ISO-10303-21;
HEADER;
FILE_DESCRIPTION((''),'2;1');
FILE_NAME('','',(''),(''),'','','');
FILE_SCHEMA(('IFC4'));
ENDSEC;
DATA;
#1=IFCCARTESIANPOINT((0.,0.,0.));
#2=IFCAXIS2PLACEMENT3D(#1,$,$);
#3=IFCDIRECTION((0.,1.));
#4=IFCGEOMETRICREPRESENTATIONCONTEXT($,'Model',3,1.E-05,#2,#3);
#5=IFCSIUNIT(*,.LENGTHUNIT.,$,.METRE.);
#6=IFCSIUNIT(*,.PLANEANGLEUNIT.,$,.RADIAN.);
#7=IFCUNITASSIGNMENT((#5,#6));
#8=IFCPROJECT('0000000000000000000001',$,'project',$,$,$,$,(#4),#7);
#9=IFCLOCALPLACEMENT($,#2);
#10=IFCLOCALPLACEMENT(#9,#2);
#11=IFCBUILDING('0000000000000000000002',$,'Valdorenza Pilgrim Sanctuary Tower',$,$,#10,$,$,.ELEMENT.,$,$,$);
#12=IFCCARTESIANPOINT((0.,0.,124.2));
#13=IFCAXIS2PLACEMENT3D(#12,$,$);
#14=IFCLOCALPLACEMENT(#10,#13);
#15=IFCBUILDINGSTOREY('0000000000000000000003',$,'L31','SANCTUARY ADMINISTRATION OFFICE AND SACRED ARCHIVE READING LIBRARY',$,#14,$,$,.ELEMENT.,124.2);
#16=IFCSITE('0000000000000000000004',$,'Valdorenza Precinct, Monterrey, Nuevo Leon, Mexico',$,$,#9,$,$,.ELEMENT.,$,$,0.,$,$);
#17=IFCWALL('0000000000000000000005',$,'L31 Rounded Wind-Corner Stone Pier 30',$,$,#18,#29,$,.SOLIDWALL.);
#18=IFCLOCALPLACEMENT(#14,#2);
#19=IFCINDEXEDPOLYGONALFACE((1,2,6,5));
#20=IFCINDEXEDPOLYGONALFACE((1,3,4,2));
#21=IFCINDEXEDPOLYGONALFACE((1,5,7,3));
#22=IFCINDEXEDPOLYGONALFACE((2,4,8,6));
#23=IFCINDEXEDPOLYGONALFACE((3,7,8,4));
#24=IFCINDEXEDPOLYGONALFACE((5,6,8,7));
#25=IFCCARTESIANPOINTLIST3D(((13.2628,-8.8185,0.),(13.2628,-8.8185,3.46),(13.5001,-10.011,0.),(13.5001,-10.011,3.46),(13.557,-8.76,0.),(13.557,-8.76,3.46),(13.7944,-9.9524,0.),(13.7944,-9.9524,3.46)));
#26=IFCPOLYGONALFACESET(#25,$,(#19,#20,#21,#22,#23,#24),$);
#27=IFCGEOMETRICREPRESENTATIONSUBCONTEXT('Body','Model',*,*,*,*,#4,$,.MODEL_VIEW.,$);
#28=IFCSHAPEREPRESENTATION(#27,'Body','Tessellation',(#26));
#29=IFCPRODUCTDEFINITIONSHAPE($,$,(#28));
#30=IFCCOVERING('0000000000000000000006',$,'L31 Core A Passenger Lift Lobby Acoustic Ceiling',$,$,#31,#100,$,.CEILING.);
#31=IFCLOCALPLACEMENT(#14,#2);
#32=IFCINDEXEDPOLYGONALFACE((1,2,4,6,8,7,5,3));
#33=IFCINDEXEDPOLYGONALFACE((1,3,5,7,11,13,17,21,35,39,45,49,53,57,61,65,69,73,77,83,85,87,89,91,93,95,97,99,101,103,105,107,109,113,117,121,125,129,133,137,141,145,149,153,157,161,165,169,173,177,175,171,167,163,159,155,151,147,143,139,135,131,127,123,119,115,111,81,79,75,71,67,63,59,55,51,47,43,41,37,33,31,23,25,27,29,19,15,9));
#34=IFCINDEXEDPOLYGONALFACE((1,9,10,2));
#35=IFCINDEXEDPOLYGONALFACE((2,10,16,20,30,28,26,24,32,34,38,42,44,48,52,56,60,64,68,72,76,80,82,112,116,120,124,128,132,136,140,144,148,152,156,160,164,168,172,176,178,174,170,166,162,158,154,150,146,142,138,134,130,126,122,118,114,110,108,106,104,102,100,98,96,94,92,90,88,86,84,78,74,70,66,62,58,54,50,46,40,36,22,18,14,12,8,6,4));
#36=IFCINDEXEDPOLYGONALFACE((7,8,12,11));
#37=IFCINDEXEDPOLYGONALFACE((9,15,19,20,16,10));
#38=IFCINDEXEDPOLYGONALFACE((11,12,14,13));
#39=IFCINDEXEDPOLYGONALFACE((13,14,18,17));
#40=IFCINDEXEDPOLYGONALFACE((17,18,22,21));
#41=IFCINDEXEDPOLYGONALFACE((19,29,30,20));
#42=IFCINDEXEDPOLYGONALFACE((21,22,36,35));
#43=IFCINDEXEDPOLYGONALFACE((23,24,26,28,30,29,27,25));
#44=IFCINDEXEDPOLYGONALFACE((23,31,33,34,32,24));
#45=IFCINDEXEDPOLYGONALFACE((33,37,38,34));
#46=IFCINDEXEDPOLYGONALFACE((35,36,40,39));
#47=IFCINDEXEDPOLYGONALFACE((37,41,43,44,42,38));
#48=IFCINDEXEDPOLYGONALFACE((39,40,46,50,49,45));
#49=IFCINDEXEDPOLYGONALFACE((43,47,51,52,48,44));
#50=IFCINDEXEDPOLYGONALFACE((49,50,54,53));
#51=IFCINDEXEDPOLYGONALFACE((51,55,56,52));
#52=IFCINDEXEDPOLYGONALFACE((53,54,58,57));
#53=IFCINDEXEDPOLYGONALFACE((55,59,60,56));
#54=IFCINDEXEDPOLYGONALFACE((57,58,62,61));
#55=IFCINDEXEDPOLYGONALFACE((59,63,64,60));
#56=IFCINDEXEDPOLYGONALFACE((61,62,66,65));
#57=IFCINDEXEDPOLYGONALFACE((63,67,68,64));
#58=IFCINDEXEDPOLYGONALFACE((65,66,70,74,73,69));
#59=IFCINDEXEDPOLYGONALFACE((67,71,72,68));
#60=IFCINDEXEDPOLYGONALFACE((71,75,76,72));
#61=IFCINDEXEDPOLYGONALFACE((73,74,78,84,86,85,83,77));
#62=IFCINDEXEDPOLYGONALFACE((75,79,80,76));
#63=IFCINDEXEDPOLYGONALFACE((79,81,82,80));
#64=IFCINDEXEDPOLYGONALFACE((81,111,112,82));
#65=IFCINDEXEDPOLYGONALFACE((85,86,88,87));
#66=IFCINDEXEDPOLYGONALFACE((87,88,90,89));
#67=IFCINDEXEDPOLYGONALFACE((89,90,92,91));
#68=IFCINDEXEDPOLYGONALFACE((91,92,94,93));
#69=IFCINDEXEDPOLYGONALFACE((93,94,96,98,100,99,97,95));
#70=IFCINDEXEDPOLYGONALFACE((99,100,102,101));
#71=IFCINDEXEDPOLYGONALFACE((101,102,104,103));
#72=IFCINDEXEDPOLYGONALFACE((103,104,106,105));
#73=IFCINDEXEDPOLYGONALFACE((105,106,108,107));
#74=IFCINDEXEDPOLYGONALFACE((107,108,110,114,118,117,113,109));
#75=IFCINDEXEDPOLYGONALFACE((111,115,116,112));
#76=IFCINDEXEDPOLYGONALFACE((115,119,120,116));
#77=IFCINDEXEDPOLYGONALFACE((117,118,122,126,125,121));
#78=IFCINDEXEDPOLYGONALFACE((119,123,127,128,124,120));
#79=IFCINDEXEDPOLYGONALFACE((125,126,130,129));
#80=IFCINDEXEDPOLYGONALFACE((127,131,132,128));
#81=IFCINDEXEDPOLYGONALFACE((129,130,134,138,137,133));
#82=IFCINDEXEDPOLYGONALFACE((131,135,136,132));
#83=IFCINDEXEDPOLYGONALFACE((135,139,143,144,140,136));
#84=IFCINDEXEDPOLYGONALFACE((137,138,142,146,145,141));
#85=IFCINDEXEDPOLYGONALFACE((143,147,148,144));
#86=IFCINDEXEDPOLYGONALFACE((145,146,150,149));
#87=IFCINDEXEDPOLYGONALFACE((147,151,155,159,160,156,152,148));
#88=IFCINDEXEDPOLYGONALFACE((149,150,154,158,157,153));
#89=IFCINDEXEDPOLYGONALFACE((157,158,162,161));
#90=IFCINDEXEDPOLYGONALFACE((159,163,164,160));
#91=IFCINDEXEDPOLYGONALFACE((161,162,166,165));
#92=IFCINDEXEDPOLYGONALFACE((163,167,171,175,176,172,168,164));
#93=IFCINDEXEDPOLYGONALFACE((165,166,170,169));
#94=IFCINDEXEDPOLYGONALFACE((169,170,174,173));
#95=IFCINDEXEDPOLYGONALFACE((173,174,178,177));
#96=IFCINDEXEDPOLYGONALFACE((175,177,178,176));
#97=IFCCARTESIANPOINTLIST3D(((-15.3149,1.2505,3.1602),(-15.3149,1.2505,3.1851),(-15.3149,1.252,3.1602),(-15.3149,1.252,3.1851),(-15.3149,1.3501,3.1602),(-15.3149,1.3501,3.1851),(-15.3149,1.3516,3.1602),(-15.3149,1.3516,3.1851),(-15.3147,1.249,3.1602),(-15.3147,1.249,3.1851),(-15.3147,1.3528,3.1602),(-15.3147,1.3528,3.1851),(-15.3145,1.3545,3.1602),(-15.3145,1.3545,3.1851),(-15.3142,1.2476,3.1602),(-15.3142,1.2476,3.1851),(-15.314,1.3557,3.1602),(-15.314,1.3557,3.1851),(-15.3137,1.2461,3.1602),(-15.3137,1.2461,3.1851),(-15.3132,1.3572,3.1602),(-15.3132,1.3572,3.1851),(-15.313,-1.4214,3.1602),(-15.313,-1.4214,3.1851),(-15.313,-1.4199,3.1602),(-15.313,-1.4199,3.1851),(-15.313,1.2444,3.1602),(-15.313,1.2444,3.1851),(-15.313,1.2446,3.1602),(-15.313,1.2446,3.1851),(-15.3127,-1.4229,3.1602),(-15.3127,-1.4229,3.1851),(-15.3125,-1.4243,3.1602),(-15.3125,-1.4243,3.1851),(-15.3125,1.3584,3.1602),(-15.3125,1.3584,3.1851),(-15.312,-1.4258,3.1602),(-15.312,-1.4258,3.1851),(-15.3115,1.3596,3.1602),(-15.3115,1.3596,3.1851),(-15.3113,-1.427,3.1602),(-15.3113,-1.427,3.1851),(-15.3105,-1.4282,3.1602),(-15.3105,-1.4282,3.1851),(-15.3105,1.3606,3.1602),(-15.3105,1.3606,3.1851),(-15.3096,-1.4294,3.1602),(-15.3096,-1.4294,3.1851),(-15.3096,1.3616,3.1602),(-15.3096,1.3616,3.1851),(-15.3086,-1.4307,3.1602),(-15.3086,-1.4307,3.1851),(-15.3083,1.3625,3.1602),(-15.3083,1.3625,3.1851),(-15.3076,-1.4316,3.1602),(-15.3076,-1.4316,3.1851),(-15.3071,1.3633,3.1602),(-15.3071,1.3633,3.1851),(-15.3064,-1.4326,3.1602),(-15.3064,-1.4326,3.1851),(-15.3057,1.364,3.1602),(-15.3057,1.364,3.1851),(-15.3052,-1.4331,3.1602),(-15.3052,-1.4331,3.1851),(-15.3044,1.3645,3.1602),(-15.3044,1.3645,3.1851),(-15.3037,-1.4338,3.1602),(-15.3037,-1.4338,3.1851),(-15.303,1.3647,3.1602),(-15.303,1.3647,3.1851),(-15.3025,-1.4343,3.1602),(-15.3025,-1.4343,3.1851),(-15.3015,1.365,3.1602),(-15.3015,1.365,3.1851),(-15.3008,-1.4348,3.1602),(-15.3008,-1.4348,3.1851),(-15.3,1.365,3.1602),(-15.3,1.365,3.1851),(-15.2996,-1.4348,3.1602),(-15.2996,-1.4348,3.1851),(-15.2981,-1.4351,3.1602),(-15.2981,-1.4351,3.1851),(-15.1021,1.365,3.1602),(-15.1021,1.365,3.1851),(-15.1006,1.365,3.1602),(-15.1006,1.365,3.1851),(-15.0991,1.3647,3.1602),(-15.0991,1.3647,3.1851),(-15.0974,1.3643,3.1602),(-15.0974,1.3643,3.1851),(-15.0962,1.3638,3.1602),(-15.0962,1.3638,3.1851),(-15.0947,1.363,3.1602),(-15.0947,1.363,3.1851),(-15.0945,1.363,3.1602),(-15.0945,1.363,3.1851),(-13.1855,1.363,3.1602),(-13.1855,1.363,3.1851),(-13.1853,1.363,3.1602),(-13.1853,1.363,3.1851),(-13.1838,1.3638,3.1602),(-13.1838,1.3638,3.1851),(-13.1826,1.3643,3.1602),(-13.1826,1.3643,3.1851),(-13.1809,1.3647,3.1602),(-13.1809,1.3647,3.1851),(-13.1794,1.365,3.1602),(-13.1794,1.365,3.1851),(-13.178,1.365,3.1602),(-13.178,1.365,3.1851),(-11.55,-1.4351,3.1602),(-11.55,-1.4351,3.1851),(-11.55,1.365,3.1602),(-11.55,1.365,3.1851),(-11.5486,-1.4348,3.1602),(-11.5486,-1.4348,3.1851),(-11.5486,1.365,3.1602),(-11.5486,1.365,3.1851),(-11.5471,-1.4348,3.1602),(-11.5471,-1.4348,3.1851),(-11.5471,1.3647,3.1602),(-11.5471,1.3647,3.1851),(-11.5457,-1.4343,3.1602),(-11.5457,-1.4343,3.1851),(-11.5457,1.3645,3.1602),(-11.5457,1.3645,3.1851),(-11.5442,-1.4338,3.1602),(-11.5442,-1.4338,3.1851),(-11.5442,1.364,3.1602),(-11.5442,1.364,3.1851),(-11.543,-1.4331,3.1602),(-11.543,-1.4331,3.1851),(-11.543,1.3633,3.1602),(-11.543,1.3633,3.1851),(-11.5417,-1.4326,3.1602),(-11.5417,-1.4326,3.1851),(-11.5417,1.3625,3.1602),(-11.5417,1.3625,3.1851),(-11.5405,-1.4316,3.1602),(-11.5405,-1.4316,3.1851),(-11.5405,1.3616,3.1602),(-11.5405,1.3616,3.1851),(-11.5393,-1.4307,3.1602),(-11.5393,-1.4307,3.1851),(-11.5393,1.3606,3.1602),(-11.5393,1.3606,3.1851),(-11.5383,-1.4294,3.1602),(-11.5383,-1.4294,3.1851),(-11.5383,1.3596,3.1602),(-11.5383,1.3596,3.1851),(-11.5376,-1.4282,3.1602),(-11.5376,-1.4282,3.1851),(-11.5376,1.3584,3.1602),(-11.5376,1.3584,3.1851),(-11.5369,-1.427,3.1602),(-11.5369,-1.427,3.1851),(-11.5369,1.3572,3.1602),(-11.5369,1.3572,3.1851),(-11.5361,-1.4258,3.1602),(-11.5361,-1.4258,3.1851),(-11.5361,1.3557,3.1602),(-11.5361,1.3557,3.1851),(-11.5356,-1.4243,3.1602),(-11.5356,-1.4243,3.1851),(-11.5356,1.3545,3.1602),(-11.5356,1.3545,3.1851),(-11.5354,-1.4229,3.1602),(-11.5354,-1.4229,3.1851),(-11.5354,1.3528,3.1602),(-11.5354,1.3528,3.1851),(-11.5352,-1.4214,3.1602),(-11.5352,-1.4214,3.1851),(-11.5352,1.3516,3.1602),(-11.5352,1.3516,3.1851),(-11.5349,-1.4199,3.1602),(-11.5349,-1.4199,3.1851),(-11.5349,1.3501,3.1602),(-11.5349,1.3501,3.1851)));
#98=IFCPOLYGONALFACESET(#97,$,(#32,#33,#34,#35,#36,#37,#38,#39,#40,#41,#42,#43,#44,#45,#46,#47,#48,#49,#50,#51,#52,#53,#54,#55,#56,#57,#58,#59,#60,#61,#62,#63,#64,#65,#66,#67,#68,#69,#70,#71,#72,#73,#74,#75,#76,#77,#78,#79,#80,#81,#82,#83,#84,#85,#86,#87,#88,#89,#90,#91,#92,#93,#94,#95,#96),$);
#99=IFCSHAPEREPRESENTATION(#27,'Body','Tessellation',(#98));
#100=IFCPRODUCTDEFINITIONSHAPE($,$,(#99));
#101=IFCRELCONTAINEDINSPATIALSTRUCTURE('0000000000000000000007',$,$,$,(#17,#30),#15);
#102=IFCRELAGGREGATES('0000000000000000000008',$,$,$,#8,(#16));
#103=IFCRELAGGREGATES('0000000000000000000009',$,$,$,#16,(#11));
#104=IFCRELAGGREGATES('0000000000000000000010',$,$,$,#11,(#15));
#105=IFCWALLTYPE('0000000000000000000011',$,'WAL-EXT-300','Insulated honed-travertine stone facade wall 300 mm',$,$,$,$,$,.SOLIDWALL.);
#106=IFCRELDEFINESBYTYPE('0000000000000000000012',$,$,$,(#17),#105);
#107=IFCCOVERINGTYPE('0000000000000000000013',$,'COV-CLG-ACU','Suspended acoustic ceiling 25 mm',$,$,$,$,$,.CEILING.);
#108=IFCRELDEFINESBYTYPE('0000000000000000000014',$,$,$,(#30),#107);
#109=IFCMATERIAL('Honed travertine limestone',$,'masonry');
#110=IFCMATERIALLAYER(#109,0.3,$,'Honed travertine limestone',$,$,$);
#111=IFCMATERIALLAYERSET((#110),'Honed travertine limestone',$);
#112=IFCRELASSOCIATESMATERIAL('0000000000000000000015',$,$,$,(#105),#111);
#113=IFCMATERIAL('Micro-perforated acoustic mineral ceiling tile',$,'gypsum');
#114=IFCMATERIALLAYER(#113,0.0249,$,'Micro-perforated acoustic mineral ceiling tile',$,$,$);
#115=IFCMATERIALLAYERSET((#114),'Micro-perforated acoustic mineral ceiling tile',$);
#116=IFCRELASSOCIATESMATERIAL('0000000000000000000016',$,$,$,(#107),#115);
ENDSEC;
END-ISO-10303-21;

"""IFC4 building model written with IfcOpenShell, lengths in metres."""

from ifc_helpers import new_model, si_unit, direction, frame, frame_2d, origin, place, context, subcontext, project, spatial, polyline, rectangle, outline, extrude, material, layer, layer_set, type_object, element, save


model = new_model("IFC4")

# Units and contexts
model_context = context("Model", 3, precision=1e-05, world=origin(), true_north=direction((0.0, 1.0)))
body_context = subcontext(model_context, "Body", "Model", "MODEL_VIEW")
ifc_project = project(units=[si_unit("LENGTHUNIT", "METRE"), si_unit("PLANEANGLEUNIT", "RADIAN")], contexts=[model_context])

# Site, building, storey
site_placement = place(None, origin())
site = spatial("IfcSite", under=ifc_project, at=site_placement, Name="Valdorenza Precinct, Monterrey, Nuevo Leon, Mexico", CompositionType="ELEMENT", RefElevation=0.0)
building_placement = place(site_placement, origin())
building = spatial("IfcBuilding", under=site, at=building_placement, Name="Valdorenza Pilgrim Sanctuary Tower", CompositionType="ELEMENT")
storey_placement = place(building_placement, frame((0.0, 0.0, 124.2)))
storey = spatial("IfcBuildingStorey", under=building, at=storey_placement, Name="L31", Description="SANCTUARY ADMINISTRATION OFFICE AND SACRED ARCHIVE READING LIBRARY", CompositionType="ELEMENT", Elevation=124.2)

# Shared definitions
ifc_material_1 = material(Name="Honed travertine limestone", Category="masonry")

# Wall
ifc_layer_1 = layer(ifc_material_1, 0.3, Name="Honed travertine limestone")
ifc_layer_set_1 = layer_set([ifc_layer_1], Name="Honed travertine limestone")
wall_type_1 = type_object("IfcWallType", Name="WAL-EXT-300", Description="Insulated honed-travertine stone facade wall 300 mm", PredefinedType="SOLIDWALL", material=ifc_layer_set_1)
wall_1_placement = place(storey_placement, frame((13.6472, -9.9817, 0.0), z_axis=(0.0, 0.0, 1.0), x_axis=(-0.195189, 0.980766, 0.0)))
element("IfcWall", 1, at=wall_1_placement, inside=storey, type_object=wall_type_1, Name="L31 Rounded Wind-Corner Stone Pier 30", PredefinedType="SOLIDWALL", context=body_context, shape_type="SweptSolid", body=[
    extrude(rectangle(XDim=1.2158, YDim=0.3, at=frame_2d((0.6079, 0.0))), origin(), (0.0, 0.0, 1.0), 3.46),
])

# Covering
ifc_material_2 = material(Name="Micro-perforated acoustic mineral ceiling tile", Category="gypsum")
ifc_layer_2 = layer(ifc_material_2, 0.0249, Name="Micro-perforated acoustic mineral ceiling tile")
ifc_layer_set_2 = layer_set([ifc_layer_2], Name="Micro-perforated acoustic mineral ceiling tile")
covering_type_1 = type_object("IfcCoveringType", Name="COV-CLG-ACU", Description="Suspended acoustic ceiling 25 mm", PredefinedType="CEILING", material=ifc_layer_set_2)
covering_1_placement = place(storey_placement, frame((0.0, 0.0, 3.1602)))
element("IfcCovering", 2, at=covering_1_placement, inside=storey, type_object=covering_type_1, Name="L31 Core A Passenger Lift Lobby Acoustic Ceiling", PredefinedType="CEILING", context=body_context, shape_type="SweptSolid", body=[
    extrude(outline(polyline([(-15.313, 1.2444), (-15.313, 1.2446), (-15.3137, 1.2461), (-15.3142, 1.2476), (-15.3147, 1.249), (-15.3149, 1.2505), (-15.3149, 1.252), (-15.3149, 1.3501), (-15.3149, 1.3516), (-15.3147, 1.3528), (-15.3145, 1.3545), (-15.314, 1.3557), (-15.3132, 1.3572), (-15.3125, 1.3584), (-15.3115, 1.3596), (-15.3105, 1.3606), (-15.3096, 1.3616), (-15.3083, 1.3625), (-15.3071, 1.3633), (-15.3057, 1.364), (-15.3044, 1.3645), (-15.303, 1.3647), (-15.3015, 1.365), (-15.3, 1.365), (-15.1021, 1.365), (-15.1006, 1.365), (-15.0991, 1.3647), (-15.0974, 1.3643), (-15.0962, 1.3638), (-15.0947, 1.363), (-15.0945, 1.363), (-13.1855, 1.363), (-13.1853, 1.363), (-13.1838, 1.3638), (-13.1826, 1.3643), (-13.1809, 1.3647), (-13.1794, 1.365), (-13.178, 1.365), (-11.55, 1.365), (-11.5486, 1.365), (-11.5471, 1.3647), (-11.5457, 1.3645), (-11.5442, 1.364), (-11.543, 1.3633), (-11.5417, 1.3625), (-11.5405, 1.3616), (-11.5393, 1.3606), (-11.5383, 1.3596), (-11.5376, 1.3584), (-11.5369, 1.3572), (-11.5361, 1.3557), (-11.5356, 1.3545), (-11.5354, 1.3528), (-11.5352, 1.3516), (-11.5349, 1.3501), (-11.5349, -1.4199), (-11.5352, -1.4214), (-11.5354, -1.4229), (-11.5356, -1.4243), (-11.5361, -1.4258), (-11.5369, -1.427), (-11.5376, -1.4282), (-11.5383, -1.4294), (-11.5393, -1.4307), (-11.5405, -1.4316), (-11.5417, -1.4326), (-11.543, -1.4331), (-11.5442, -1.4338), (-11.5457, -1.4343), (-11.5471, -1.4348), (-11.5486, -1.4348), (-11.55, -1.4351), (-15.2981, -1.4351), (-15.2996, -1.4348), (-15.3008, -1.4348), (-15.3025, -1.4343), (-15.3037, -1.4338), (-15.3052, -1.4331), (-15.3064, -1.4326), (-15.3076, -1.4316), (-15.3086, -1.4307), (-15.3096, -1.4294), (-15.3105, -1.4282), (-15.3113, -1.427), (-15.312, -1.4258), (-15.3125, -1.4243), (-15.3127, -1.4229), (-15.313, -1.4214), (-15.313, -1.4199), (-15.313, 1.2444)])), origin(), (0.0, 0.0, 1.0), 0.0249),
])

save(model, "model.ifc")
